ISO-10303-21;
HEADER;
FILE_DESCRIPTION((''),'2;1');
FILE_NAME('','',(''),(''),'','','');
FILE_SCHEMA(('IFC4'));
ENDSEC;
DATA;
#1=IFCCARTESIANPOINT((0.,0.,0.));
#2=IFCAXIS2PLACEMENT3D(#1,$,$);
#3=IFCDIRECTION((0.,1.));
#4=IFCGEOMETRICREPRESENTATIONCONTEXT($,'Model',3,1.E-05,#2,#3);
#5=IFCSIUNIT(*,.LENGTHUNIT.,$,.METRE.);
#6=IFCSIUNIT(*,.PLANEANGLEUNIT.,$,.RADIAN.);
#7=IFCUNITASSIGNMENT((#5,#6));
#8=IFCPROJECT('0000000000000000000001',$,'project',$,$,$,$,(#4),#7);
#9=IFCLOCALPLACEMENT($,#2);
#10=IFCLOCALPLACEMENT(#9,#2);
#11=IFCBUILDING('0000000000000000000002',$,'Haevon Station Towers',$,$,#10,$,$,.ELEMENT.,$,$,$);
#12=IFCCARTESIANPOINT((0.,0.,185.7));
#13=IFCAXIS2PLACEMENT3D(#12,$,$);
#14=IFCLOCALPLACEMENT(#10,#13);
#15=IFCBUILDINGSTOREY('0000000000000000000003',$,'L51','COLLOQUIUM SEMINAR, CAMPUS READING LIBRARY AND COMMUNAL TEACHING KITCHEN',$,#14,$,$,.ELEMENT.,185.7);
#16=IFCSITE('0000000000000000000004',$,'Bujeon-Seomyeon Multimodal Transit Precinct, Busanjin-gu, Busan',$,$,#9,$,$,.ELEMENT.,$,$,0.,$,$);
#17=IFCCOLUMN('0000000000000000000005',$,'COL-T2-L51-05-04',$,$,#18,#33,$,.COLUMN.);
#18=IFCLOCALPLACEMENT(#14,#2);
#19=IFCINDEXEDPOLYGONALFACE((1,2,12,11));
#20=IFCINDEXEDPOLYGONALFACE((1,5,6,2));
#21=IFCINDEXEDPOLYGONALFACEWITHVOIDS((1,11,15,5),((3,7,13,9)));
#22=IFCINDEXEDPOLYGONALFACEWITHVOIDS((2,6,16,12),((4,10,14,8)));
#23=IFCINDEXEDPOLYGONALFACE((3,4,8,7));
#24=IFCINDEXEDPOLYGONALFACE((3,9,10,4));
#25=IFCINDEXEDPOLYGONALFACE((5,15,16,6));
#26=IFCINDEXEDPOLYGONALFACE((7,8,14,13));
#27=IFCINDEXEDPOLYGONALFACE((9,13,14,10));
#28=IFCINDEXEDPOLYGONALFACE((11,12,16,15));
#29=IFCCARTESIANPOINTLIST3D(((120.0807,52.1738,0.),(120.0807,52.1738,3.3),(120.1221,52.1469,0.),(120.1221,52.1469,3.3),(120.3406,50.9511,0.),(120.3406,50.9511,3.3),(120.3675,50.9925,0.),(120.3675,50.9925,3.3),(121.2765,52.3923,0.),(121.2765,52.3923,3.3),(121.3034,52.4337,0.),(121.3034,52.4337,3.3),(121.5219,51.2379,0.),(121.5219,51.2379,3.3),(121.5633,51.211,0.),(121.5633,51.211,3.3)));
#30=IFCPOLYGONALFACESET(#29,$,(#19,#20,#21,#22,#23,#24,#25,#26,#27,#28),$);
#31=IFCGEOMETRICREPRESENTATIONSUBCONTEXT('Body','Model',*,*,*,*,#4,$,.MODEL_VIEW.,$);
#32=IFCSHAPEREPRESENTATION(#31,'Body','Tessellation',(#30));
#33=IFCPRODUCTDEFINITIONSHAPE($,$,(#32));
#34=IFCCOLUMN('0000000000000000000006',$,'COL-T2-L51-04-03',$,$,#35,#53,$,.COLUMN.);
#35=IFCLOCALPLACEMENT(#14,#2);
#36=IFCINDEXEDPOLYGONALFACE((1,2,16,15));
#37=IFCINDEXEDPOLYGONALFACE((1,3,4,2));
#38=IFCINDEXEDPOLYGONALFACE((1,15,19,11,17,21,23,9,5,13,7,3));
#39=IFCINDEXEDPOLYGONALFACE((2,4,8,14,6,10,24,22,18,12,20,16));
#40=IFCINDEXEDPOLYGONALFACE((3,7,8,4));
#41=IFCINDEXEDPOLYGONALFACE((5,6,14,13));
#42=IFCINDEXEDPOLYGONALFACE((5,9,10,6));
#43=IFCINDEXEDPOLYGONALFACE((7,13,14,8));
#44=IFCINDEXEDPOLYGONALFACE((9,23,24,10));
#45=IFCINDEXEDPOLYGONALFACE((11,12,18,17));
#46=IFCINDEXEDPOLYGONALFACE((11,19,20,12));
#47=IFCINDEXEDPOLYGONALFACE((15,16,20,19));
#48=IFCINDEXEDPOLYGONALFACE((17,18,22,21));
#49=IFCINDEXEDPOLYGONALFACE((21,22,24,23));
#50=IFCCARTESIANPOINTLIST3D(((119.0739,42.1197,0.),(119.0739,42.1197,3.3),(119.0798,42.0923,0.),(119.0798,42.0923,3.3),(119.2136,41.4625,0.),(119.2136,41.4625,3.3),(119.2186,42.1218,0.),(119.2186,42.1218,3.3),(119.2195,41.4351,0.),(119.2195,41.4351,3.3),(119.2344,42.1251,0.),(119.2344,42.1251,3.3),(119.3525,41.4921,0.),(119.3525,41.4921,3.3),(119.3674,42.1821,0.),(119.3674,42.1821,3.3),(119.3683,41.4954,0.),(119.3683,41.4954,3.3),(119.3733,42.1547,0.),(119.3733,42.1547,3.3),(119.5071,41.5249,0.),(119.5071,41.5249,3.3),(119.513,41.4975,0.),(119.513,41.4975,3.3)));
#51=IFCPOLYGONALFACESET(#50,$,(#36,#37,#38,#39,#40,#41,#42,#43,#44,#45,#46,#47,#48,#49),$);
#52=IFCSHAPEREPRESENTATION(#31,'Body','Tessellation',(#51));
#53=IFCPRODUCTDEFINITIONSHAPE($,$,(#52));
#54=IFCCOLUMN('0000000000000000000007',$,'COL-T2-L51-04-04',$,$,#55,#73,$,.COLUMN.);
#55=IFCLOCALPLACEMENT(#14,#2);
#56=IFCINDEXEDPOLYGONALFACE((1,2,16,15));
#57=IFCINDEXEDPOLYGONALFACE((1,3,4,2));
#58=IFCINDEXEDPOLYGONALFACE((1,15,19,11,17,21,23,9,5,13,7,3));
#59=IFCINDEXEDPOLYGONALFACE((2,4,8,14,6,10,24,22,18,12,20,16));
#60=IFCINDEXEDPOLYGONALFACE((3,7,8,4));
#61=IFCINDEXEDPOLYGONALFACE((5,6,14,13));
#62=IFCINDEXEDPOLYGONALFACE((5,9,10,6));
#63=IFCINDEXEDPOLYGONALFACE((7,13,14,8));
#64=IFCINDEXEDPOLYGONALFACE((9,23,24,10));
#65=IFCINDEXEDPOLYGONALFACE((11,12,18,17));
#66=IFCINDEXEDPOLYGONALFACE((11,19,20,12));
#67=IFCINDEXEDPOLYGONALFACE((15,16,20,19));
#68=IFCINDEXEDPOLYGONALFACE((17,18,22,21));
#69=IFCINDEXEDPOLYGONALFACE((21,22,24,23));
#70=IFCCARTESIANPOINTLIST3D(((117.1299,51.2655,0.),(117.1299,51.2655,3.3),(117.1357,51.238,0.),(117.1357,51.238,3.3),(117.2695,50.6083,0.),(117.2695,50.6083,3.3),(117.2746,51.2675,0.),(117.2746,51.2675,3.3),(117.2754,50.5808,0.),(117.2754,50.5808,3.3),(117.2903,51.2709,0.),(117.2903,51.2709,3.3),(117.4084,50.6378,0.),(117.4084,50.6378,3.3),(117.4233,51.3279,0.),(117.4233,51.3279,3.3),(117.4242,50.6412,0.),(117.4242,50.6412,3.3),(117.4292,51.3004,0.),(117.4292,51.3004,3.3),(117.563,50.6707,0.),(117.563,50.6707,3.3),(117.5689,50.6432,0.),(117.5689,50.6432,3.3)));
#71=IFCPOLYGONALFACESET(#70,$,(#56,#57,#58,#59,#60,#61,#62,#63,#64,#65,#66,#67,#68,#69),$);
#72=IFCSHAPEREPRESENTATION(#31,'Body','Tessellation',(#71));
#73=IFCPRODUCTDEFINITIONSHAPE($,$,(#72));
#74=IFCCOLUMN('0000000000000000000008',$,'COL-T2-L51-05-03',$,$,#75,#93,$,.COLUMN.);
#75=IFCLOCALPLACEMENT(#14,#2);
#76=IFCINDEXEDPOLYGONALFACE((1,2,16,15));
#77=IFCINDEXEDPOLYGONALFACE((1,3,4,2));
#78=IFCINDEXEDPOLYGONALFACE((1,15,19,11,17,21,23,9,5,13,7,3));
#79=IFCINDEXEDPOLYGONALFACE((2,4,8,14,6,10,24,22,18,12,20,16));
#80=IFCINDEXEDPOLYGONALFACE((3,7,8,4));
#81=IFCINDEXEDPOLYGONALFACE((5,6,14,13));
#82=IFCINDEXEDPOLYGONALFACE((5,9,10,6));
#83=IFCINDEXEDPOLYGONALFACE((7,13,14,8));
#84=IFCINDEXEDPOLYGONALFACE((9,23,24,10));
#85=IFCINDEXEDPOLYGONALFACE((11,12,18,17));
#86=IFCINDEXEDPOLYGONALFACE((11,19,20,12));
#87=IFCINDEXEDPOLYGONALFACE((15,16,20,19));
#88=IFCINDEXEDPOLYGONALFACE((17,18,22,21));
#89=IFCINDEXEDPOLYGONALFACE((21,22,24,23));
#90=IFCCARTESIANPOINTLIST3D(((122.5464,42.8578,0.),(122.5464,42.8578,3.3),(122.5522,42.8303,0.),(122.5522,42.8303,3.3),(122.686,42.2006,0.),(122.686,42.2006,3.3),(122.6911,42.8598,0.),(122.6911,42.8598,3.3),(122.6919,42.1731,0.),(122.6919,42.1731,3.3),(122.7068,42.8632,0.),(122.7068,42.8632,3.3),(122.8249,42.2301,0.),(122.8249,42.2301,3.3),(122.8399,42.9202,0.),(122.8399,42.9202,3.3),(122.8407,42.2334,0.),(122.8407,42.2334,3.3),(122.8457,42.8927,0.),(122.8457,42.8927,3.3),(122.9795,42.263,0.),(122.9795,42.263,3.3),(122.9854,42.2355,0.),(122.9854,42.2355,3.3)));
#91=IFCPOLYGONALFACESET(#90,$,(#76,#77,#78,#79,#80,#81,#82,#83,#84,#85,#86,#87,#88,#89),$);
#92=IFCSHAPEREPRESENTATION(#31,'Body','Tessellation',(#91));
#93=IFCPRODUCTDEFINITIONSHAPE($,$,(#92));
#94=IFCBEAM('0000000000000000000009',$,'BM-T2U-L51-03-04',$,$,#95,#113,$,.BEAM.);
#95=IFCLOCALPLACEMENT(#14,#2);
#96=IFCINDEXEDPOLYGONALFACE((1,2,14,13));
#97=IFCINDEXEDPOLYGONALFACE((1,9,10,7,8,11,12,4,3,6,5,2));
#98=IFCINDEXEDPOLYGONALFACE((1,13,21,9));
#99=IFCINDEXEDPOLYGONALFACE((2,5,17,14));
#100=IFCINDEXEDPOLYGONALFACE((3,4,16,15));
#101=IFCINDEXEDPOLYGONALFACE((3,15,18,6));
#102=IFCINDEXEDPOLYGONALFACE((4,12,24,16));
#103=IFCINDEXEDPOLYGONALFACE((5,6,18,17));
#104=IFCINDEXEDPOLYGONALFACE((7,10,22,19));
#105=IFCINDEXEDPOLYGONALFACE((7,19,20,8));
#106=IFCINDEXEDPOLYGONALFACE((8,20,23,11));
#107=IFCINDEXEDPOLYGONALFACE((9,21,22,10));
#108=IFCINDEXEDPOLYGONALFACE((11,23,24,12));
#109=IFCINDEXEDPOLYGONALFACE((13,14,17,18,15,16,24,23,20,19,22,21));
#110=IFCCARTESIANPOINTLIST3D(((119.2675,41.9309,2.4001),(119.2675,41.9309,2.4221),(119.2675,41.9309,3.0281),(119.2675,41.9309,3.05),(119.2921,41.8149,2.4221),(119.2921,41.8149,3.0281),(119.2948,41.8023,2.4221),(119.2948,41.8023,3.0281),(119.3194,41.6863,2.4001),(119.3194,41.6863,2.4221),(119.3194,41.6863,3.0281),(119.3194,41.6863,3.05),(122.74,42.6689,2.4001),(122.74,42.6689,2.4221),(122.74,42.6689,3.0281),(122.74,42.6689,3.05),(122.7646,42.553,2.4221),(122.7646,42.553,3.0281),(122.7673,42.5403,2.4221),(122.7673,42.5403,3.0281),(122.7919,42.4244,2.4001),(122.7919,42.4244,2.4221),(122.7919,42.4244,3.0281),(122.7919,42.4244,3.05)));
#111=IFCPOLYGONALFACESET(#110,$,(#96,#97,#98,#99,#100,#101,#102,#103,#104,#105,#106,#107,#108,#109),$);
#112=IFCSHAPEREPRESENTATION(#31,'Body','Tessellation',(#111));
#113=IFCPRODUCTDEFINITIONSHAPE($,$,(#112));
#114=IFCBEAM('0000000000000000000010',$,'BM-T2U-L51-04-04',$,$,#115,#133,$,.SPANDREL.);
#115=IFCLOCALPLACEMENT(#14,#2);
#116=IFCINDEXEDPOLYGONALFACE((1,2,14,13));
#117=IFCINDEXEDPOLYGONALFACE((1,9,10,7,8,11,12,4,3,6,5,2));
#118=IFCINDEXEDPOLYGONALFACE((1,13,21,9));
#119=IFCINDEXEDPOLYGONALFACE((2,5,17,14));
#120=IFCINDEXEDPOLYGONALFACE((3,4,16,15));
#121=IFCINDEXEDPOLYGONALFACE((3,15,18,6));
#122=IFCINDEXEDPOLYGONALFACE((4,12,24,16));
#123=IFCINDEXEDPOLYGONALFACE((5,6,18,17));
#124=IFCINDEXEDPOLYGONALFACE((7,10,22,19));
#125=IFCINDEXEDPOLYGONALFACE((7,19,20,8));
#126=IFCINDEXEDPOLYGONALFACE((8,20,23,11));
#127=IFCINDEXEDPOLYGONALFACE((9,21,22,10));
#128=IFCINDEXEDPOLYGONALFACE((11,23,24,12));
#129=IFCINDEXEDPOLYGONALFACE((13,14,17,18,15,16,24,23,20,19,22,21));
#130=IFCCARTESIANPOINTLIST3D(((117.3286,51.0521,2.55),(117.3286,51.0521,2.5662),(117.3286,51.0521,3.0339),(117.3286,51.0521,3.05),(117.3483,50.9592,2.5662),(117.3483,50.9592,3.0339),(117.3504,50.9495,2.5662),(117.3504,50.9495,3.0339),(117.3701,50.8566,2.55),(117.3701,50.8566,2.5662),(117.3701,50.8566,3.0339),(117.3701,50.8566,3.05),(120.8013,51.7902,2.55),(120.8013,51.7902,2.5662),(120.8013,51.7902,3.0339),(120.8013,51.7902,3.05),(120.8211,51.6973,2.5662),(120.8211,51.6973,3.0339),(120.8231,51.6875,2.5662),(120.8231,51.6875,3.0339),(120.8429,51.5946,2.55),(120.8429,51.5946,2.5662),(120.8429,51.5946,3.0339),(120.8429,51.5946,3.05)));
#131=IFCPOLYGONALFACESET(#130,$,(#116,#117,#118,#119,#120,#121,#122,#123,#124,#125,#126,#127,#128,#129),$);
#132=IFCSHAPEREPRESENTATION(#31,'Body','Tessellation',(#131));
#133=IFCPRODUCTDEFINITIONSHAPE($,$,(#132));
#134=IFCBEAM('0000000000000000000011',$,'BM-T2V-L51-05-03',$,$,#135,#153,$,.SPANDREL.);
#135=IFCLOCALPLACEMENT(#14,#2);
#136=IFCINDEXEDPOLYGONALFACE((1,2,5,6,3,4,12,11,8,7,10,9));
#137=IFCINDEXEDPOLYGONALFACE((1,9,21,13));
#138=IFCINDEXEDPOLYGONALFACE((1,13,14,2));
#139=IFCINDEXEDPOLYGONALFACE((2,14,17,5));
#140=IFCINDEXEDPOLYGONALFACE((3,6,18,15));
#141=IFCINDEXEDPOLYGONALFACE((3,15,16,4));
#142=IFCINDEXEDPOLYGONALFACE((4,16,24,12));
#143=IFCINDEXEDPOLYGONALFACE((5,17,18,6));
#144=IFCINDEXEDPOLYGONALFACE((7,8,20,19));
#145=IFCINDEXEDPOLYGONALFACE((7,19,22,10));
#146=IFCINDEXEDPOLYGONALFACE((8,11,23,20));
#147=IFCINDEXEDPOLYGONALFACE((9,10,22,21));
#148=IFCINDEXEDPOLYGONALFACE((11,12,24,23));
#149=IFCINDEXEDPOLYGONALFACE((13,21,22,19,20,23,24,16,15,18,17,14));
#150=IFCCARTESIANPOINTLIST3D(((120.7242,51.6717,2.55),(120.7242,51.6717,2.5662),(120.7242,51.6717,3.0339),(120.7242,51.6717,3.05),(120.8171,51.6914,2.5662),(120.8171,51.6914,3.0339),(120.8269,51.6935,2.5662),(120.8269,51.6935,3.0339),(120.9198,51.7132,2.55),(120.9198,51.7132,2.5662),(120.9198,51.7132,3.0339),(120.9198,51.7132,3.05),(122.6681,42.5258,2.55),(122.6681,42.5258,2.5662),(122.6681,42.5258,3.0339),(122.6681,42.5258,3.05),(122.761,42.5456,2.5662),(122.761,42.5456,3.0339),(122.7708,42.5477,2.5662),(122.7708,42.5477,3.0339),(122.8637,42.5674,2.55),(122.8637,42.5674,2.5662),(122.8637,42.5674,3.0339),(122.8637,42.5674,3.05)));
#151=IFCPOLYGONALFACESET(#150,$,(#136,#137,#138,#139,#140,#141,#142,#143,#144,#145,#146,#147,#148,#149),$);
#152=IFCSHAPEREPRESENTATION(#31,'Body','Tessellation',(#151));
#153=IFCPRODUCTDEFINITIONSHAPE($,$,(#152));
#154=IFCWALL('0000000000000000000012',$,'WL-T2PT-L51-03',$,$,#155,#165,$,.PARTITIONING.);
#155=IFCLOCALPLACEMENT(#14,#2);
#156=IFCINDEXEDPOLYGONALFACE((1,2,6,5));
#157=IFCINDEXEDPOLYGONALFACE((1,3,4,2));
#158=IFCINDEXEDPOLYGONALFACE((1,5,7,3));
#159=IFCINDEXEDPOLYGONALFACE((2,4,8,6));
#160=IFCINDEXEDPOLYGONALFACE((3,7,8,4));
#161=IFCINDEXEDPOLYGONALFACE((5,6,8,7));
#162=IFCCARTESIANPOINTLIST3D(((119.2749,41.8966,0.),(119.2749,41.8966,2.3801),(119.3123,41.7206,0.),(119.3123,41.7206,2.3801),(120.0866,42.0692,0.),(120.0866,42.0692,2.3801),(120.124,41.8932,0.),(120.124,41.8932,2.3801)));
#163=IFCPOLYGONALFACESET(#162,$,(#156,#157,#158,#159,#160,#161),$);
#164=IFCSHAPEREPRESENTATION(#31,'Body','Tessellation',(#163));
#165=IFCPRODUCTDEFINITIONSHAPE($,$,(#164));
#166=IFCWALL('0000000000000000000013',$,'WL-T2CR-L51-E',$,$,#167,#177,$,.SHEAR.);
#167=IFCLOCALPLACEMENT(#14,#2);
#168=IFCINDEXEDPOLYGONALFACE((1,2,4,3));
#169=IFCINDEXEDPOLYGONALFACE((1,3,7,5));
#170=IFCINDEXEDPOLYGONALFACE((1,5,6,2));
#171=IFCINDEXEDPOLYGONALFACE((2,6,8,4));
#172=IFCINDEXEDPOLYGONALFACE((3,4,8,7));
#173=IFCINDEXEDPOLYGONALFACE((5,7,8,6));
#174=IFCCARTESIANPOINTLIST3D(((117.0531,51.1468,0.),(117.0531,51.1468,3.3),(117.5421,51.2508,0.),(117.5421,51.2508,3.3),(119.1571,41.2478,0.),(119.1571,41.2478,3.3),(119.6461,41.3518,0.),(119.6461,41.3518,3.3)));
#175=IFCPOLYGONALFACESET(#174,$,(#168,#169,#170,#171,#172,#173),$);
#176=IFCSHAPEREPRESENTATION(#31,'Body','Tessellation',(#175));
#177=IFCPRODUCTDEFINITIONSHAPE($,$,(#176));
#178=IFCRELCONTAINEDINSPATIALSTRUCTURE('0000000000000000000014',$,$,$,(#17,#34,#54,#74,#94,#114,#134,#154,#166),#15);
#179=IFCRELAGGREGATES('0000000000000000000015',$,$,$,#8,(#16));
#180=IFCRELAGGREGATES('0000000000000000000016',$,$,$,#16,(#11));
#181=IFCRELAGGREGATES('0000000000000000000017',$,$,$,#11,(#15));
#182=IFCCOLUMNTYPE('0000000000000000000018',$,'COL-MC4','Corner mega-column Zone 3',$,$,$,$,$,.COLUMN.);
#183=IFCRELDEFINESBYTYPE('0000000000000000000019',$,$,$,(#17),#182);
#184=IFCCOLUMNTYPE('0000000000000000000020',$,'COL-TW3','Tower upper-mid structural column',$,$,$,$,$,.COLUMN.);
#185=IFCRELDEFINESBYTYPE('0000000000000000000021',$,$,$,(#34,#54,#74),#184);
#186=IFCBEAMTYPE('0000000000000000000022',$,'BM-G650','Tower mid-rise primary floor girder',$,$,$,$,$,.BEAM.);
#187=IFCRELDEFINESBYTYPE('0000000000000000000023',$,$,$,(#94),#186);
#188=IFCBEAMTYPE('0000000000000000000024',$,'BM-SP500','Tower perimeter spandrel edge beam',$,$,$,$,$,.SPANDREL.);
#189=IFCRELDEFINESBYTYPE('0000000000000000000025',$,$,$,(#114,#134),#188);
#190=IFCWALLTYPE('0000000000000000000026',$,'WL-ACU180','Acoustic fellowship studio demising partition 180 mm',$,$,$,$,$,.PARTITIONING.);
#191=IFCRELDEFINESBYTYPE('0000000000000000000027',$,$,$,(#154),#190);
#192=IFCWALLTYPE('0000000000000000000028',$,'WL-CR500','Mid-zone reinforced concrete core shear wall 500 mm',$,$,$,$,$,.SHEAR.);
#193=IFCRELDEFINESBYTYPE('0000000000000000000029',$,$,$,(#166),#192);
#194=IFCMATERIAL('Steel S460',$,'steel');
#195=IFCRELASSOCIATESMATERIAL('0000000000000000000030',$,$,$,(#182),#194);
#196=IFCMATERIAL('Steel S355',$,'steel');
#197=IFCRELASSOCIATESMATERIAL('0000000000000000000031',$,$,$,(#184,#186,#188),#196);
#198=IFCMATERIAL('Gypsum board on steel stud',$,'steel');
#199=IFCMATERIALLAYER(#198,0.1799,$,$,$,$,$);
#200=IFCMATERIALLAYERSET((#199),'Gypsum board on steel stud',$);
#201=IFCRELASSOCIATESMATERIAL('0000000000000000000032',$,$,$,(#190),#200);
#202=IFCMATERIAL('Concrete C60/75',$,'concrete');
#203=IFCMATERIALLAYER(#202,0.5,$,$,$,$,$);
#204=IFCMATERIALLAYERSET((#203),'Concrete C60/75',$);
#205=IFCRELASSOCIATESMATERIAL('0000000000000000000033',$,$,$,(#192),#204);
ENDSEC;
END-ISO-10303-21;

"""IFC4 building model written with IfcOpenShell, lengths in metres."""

from ifc_helpers import new_model, si_unit, direction, frame, frame_2d, origin, origin_2d, place, context, subcontext, project, spatial, rectangle, hollow_rectangle, i_section, extrude, material, layer, layer_set, material_profile, profile_set, type_object, element, save


model = new_model("IFC4")

# Units and contexts
model_context = context("Model", 3, precision=1e-05, world=origin(), true_north=direction((0.0, 1.0)))
body_context = subcontext(model_context, "Body", "Model", "MODEL_VIEW")
ifc_project = project(units=[si_unit("LENGTHUNIT", "METRE"), si_unit("PLANEANGLEUNIT", "RADIAN")], contexts=[model_context])

# Site, building, storey
site_placement = place(None, origin())
site = spatial("IfcSite", under=ifc_project, at=site_placement, Name="Bujeon-Seomyeon Multimodal Transit Precinct, Busanjin-gu, Busan", CompositionType="ELEMENT", RefElevation=0.0)
building_placement = place(site_placement, origin())
building = spatial("IfcBuilding", under=site, at=building_placement, Name="Haevon Station Towers", CompositionType="ELEMENT")
storey_placement = place(building_placement, frame((0.0, 0.0, 185.7)))
storey = spatial("IfcBuildingStorey", under=building, at=storey_placement, Name="L51", Description="COLLOQUIUM SEMINAR, CAMPUS READING LIBRARY AND COMMUNAL TEACHING KITCHEN", CompositionType="ELEMENT", Elevation=185.7)

# Columns
ifc_material_1 = material(Name="Steel S460", Category="steel")
ifc_material_profile_1 = material_profile(ifc_material_1, hollow_rectangle(XDim=1.25, YDim=1.25, WallThickness=0.0349, at=origin_2d()), Name="BOX-1250x1250x35")
ifc_profile_set_1 = profile_set([ifc_material_profile_1], Name="Steel S460")
column_type_1 = type_object("IfcColumnType", Name="COL-MC4", Description="Corner mega-column Zone 3", PredefinedType="COLUMN", material=ifc_profile_set_1)
column_placement = place(storey_placement, frame((120.822, 51.6924, 0.0), z_axis=(0.0, 0.0, 1.0), x_axis=(0.978148, 0.207912, 0.0)))
element("IfcColumn", 1, at=column_placement, inside=storey, type_object=column_type_1, Name="COL-T2-L51-05-04", PredefinedType="COLUMN", context=body_context, shape_type="SweptSolid", body=[
    extrude(hollow_rectangle(XDim=1.25, YDim=1.25, WallThickness=0.0349, at=origin_2d()), origin(), (0.0, 0.0, 1.0), 3.3),
])
ifc_material_2 = material(Name="Steel S355", Category="steel")
ifc_material_profile_2 = material_profile(ifc_material_2, i_section(OverallWidth=0.3, OverallDepth=0.7, WebThickness=0.0161, FlangeThickness=0.0281, at=origin_2d()), Name="H-700x300x16x28")
ifc_profile_set_2 = profile_set([ifc_material_profile_2], Name="Steel S355")
column_type_2 = type_object("IfcColumnType", Name="COL-TW3", Description="Tower upper-mid structural column", PredefinedType="COLUMN", material=ifc_profile_set_2)
for number, where, z_axis, x_axis, name in (
    (2, (119.2935, 41.8086, 0.0), (0.0, 0.0, 1.0), (0.978148, 0.207912, 0.0), "COL-T2-L51-04-03"),
    (3, (117.3494, 50.9543, 0.0), (0.0, 0.0, 1.0), (0.978148, 0.207912, 0.0), "COL-T2-L51-04-04"),
    (4, (122.7659, 42.5466, 0.0), (0.0, 0.0, 1.0), (0.978148, 0.207912, 0.0), "COL-T2-L51-05-03"),
):
    element("IfcColumn", number, at=place(storey_placement, frame(where, z_axis=z_axis, x_axis=x_axis)), inside=storey, type_object=column_type_2, Name=name, PredefinedType="COLUMN", context=body_context, shape_type="SweptSolid", body=[
        extrude(i_section(OverallWidth=0.3, OverallDepth=0.7, WebThickness=0.0161, FlangeThickness=0.0281, at=origin_2d()), origin(), (0.0, 0.0, 1.0), 3.3),
    ])

# Beams
ifc_material_profile_3 = material_profile(ifc_material_2, i_section(OverallWidth=0.25, OverallDepth=0.6499, WebThickness=0.0129, FlangeThickness=0.022, at=origin_2d()), Name="H-650x250x13x22")
ifc_profile_set_3 = profile_set([ifc_material_profile_3], Name="Steel S355")
beam_type_1 = type_object("IfcBeamType", Name="BM-G650", Description="Tower mid-rise primary floor girder", PredefinedType="BEAM", material=ifc_profile_set_3)
beam_1_placement = place(storey_placement, frame((119.2935, 41.8086, 2.7251), z_axis=(0.97815, 0.207899, 0.0), x_axis=(-0.207899, 0.97815, 0.0)))
element("IfcBeam", 5, at=beam_1_placement, inside=storey, type_object=beam_type_1, Name="BM-T2U-L51-03-04", PredefinedType="BEAM", context=body_context, shape_type="SweptSolid", body=[
    extrude(i_section(OverallWidth=0.25, OverallDepth=0.6499, WebThickness=0.0129, FlangeThickness=0.022, at=origin_2d()), origin(), (0.0, 0.0, 1.0), 3.55),
])
ifc_material_profile_4 = material_profile(ifc_material_2, i_section(OverallWidth=0.2, OverallDepth=0.5, WebThickness=0.01, FlangeThickness=0.0161, at=origin_2d()), Name="H-500x200x10x16")
ifc_profile_set_4 = profile_set([ifc_material_profile_4], Name="Steel S355")
beam_type_2 = type_object("IfcBeamType", Name="BM-SP500", Description="Tower perimeter spandrel edge beam", PredefinedType="SPANDREL", material=ifc_profile_set_4)
beam_2_placement = place(storey_placement, frame((117.3494, 50.9543, 2.8), z_axis=(0.978153, 0.207885, 0.0), x_axis=(-0.207885, 0.978153, 0.0)))
element("IfcBeam", 6, at=beam_2_placement, inside=storey, type_object=beam_type_2, Name="BM-T2U-L51-04-04", PredefinedType="SPANDREL", context=body_context, shape_type="SweptSolid", body=[
    extrude(i_section(OverallWidth=0.2, OverallDepth=0.5, WebThickness=0.01, FlangeThickness=0.0161, at=origin_2d()), origin(), (0.0, 0.0, 1.0), 3.5503),
])
beam_3_placement = place(storey_placement, frame((122.7659, 42.5466, 2.8), z_axis=(-0.207897, 0.978151, 0.0), x_axis=(-0.978151, -0.207897, 0.0)))
element("IfcBeam", 7, at=beam_3_placement, inside=storey, type_object=beam_type_2, Name="BM-T2V-L51-05-03", PredefinedType="SPANDREL", context=body_context, shape_type="SweptSolid", body=[
    extrude(i_section(OverallWidth=0.2, OverallDepth=0.5, WebThickness=0.01, FlangeThickness=0.0161, at=origin_2d()), origin(), (0.0, 0.0, 1.0), 9.3501),
])

# Walls
ifc_material_3 = material(Name="Gypsum board on steel stud", Category="steel")
ifc_layer_1 = layer(ifc_material_3, 0.1799)
ifc_layer_set_1 = layer_set([ifc_layer_1], Name="Gypsum board on steel stud")
wall_type_1 = type_object("IfcWallType", Name="WL-ACU180", Description="Acoustic fellowship studio demising partition 180 mm", PredefinedType="PARTITIONING", material=ifc_layer_set_1)
wall_1_placement = place(storey_placement, frame((119.2935, 41.8086, 0.0), z_axis=(0.0, 0.0, 1.0), x_axis=(0.978133, 0.207982, 0.0)))
element("IfcWall", 8, at=wall_1_placement, inside=storey, type_object=wall_type_1, Name="WL-T2PT-L51-03", PredefinedType="PARTITIONING", context=body_context, shape_type="SweptSolid", body=[
    extrude(rectangle(XDim=0.8298, YDim=0.1799, at=frame_2d((0.415, 0.0))), origin(), (0.0, 0.0, 1.0), 2.3801),
])
ifc_material_4 = material(Name="Concrete C60/75", Category="concrete")
ifc_layer_2 = layer(ifc_material_4, 0.5)
ifc_layer_set_2 = layer_set([ifc_layer_2], Name="Concrete C60/75")
wall_type_2 = type_object("IfcWallType", Name="WL-CR500", Description="Mid-zone reinforced concrete core shear wall 500 mm", PredefinedType="SHEAR", material=ifc_layer_set_2)
wall_2_placement = place(storey_placement, frame((119.4016, 41.2998, 0.0), z_axis=(0.0, 0.0, 1.0), x_axis=(-0.207904, 0.978149, 0.0)))
element("IfcWall", 9, at=wall_2_placement, inside=storey, type_object=wall_type_2, Name="WL-T2CR-L51-E", PredefinedType="SHEAR", context=body_context, shape_type="SweptSolid", body=[
    extrude(rectangle(XDim=10.1201, YDim=0.5, at=frame_2d((5.0601, 0.0))), origin(), (0.0, 0.0, 1.0), 3.3),
])

save(model, "model.ifc")
